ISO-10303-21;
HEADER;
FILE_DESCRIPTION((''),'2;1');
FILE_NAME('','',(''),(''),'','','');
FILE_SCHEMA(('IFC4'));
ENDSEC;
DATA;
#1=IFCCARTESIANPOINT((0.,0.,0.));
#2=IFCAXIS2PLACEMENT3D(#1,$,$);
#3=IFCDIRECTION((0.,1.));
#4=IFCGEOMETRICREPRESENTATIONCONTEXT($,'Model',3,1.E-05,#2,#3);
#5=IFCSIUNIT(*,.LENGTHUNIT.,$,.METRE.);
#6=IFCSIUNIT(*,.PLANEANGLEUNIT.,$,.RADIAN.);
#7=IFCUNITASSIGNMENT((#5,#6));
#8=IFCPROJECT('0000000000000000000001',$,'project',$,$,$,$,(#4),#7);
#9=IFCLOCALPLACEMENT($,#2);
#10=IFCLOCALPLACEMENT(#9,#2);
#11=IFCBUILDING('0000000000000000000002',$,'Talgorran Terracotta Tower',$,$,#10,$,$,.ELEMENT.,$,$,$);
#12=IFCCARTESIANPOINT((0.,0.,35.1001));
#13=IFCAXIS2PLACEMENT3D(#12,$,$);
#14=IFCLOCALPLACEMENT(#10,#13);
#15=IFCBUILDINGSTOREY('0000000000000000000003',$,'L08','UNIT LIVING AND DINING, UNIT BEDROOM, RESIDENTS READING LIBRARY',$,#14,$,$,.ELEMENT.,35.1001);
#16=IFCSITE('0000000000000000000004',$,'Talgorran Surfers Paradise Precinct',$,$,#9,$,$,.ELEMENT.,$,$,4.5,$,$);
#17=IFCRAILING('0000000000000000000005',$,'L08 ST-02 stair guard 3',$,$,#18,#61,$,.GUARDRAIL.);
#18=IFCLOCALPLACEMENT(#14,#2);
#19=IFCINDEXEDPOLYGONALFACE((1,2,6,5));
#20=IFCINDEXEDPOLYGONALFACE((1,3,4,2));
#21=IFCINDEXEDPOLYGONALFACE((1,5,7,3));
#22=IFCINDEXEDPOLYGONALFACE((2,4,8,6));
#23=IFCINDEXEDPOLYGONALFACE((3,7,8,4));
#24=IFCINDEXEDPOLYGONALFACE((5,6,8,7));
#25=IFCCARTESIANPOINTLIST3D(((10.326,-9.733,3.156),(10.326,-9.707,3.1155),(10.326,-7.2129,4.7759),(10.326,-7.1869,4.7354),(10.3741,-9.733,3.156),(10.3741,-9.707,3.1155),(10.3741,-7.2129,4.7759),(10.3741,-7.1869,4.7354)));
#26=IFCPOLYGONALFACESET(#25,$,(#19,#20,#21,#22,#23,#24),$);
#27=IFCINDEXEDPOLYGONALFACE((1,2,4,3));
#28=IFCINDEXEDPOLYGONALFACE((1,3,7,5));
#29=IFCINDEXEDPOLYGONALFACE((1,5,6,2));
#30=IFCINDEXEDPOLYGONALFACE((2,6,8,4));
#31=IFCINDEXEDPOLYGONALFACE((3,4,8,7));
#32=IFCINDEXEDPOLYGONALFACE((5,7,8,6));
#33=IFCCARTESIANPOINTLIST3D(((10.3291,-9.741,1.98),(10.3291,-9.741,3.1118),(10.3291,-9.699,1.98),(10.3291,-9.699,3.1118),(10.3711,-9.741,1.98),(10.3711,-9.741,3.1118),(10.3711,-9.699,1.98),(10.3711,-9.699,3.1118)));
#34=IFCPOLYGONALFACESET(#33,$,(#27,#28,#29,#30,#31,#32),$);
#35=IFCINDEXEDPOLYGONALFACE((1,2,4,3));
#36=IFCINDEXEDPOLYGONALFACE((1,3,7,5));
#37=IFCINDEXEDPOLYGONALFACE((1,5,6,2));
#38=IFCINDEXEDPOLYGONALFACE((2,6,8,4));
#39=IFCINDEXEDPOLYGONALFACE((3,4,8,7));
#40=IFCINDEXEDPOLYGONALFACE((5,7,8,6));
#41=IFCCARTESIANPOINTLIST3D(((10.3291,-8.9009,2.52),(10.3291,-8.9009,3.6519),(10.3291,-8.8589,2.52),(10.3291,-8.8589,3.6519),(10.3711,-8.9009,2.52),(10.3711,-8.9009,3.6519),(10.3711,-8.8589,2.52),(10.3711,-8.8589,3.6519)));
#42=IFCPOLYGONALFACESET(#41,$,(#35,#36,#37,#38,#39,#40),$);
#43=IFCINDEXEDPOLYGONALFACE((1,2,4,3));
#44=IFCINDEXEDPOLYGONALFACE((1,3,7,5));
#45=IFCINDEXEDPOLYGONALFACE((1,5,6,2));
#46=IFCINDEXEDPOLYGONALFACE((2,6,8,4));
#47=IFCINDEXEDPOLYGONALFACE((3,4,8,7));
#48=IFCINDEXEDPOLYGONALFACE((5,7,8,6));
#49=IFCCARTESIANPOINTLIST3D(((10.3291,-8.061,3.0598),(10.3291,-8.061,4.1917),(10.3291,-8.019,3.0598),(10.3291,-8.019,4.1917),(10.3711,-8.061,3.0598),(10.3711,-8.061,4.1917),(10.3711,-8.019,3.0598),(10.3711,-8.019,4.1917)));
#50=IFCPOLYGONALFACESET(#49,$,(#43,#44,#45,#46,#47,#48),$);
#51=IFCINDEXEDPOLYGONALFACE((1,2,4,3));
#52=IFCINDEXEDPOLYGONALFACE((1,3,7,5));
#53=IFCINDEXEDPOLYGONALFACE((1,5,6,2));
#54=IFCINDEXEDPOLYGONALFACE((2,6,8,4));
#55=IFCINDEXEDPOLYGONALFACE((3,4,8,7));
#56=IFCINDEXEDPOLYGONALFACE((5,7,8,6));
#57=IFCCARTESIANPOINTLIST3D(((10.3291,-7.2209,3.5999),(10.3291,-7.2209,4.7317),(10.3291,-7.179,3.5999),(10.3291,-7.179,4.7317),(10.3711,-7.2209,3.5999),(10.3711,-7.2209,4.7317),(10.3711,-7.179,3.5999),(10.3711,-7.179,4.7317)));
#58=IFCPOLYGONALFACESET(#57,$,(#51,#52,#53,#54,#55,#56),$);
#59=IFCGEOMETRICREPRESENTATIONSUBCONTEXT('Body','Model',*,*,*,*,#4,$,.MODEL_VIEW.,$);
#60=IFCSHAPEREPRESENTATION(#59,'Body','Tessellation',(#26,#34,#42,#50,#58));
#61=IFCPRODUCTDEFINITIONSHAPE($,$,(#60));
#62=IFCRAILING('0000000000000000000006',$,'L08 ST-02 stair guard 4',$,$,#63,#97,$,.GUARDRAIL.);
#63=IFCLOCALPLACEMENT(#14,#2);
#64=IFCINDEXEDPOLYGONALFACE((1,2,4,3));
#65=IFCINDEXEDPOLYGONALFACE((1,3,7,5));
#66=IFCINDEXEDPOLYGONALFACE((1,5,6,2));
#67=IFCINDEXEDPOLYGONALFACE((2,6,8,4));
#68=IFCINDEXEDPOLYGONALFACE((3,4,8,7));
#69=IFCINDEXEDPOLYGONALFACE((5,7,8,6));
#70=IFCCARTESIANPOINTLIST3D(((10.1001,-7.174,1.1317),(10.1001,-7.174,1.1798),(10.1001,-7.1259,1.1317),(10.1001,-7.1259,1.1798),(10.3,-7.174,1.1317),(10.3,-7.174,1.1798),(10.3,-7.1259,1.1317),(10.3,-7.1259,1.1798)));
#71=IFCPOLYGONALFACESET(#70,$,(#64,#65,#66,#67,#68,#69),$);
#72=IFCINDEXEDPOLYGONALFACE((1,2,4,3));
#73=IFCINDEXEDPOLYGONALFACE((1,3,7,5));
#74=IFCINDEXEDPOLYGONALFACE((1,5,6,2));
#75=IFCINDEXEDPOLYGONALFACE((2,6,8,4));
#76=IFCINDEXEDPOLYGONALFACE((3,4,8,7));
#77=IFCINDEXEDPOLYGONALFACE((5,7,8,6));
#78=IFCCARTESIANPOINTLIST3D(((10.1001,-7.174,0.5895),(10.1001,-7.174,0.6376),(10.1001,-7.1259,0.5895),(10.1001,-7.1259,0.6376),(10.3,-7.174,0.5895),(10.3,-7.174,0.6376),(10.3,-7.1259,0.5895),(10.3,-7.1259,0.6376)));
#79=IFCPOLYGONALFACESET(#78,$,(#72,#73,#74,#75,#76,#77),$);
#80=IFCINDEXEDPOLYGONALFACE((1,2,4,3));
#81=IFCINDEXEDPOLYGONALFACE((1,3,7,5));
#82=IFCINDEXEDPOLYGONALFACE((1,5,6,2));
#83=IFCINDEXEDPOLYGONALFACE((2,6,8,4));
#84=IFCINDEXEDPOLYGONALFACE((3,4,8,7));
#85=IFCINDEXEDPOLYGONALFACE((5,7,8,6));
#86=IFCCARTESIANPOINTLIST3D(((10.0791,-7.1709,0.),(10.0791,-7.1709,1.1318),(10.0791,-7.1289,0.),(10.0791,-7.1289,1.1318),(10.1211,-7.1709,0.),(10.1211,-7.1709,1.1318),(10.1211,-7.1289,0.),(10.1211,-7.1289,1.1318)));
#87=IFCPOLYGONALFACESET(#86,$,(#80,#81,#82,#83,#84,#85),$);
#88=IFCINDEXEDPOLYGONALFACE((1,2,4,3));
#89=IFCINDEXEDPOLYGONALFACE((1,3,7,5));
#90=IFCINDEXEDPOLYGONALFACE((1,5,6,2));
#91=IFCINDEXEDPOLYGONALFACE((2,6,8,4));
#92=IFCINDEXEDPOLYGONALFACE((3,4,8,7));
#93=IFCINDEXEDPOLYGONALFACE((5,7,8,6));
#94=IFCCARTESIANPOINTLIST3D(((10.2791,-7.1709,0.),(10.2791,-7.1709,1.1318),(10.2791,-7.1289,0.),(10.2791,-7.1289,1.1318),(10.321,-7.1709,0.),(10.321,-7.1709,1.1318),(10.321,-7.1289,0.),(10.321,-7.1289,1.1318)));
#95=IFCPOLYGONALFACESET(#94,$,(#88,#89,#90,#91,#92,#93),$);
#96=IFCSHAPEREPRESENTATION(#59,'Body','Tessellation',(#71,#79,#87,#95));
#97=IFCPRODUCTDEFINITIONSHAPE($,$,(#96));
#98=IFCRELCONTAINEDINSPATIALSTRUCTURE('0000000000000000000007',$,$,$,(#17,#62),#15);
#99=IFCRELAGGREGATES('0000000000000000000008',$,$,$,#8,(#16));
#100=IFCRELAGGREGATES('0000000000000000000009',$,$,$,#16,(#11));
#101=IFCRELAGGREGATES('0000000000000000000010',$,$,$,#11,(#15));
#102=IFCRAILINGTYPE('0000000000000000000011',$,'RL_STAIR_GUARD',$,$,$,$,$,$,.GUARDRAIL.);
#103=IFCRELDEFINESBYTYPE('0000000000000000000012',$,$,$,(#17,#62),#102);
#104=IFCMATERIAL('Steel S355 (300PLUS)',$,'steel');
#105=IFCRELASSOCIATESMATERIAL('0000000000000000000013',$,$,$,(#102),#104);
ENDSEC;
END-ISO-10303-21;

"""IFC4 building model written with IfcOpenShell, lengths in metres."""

from ifc_helpers import new_model, si_unit, direction, frame, origin, origin_2d, place, context, subcontext, project, spatial, rectangle, extrude, material, type_object, element, save


model = new_model("IFC4")

# Units and contexts
model_context = context("Model", 3, precision=1e-05, world=origin(), true_north=direction((0.0, 1.0)))
body_context = subcontext(model_context, "Body", "Model", "MODEL_VIEW")
ifc_project = project(units=[si_unit("LENGTHUNIT", "METRE"), si_unit("PLANEANGLEUNIT", "RADIAN")], contexts=[model_context])

# Site, building, storey
site_placement = place(None, origin())
site = spatial("IfcSite", under=ifc_project, at=site_placement, Name="Talgorran Surfers Paradise Precinct", CompositionType="ELEMENT", RefElevation=4.5)
building_placement = place(site_placement, origin())
building = spatial("IfcBuilding", under=site, at=building_placement, Name="Talgorran Terracotta Tower", CompositionType="ELEMENT")
storey_placement = place(building_placement, frame((0.0, 0.0, 35.1001)))
storey = spatial("IfcBuildingStorey", under=building, at=storey_placement, Name="L08", Description="UNIT LIVING AND DINING, UNIT BEDROOM, RESIDENTS READING LIBRARY", CompositionType="ELEMENT", Elevation=35.1001)

# Railings
ifc_material_1 = material(Name="Steel S355 (300PLUS)", Category="steel")
railing_type_1 = type_object("IfcRailingType", Name="RL_STAIR_GUARD", PredefinedType="GUARDRAIL", material=ifc_material_1)
railing_1_placement = place(storey_placement, frame((10.3501, -9.72, 1.98)))
element("IfcRailing", 1, at=railing_1_placement, inside=storey, type_object=railing_type_1, Name="L08 ST-02 stair guard 3", PredefinedType="GUARDRAIL", context=body_context, shape_type="SweptSolid", body=[
    extrude(rectangle(XDim=0.0481, YDim=0.0481, at=origin_2d()), frame((0.0, 0.0, 1.1558), z_axis=(0.0, 0.8412, 0.540725), x_axis=(-1.0, 0.0, 0.0)), (0.0, 0.0, 1.0), 2.9958),
    extrude(rectangle(XDim=0.042, YDim=0.042, at=origin_2d()), origin(), (0.0, 0.0, 1.0), 1.1318),
    extrude(rectangle(XDim=0.042, YDim=0.042, at=origin_2d()), frame((0.0, 0.8401, 0.54)), (0.0, 0.0, 1.0), 1.1318),
    extrude(rectangle(XDim=0.042, YDim=0.042, at=origin_2d()), frame((0.0, 1.6799, 1.0798)), (0.0, 0.0, 1.0), 1.1318),
    extrude(rectangle(XDim=0.042, YDim=0.042, at=origin_2d()), frame((0.0, 2.52, 1.6199)), (0.0, 0.0, 1.0), 1.1318),
])
railing_2_placement = place(storey_placement, frame((10.1001, -7.1499, 0.0)))
element("IfcRailing", 2, at=railing_2_placement, inside=storey, type_object=railing_type_1, Name="L08 ST-02 stair guard 4", PredefinedType="GUARDRAIL", context=body_context, shape_type="SweptSolid", body=[
    extrude(rectangle(XDim=0.0481, YDim=0.0481, at=origin_2d()), frame((0.0, 0.0, 1.1558), z_axis=(1.0, 0.0, 0.0), x_axis=(0.0, 1.0, 0.0)), (0.0, 0.0, 1.0), 0.2),
    extrude(rectangle(XDim=0.0481, YDim=0.0481, at=origin_2d()), frame((0.0, 0.0, 0.6135), z_axis=(1.0, 0.0, 0.0), x_axis=(0.0, 1.0, 0.0)), (0.0, 0.0, 1.0), 0.2),
    extrude(rectangle(XDim=0.042, YDim=0.042, at=origin_2d()), origin(), (0.0, 0.0, 1.0), 1.1318),
    extrude(rectangle(XDim=0.042, YDim=0.042, at=origin_2d()), frame((0.2, 0.0, 0.0)), (0.0, 0.0, 1.0), 1.1318),
])

save(model, "model.ifc")
